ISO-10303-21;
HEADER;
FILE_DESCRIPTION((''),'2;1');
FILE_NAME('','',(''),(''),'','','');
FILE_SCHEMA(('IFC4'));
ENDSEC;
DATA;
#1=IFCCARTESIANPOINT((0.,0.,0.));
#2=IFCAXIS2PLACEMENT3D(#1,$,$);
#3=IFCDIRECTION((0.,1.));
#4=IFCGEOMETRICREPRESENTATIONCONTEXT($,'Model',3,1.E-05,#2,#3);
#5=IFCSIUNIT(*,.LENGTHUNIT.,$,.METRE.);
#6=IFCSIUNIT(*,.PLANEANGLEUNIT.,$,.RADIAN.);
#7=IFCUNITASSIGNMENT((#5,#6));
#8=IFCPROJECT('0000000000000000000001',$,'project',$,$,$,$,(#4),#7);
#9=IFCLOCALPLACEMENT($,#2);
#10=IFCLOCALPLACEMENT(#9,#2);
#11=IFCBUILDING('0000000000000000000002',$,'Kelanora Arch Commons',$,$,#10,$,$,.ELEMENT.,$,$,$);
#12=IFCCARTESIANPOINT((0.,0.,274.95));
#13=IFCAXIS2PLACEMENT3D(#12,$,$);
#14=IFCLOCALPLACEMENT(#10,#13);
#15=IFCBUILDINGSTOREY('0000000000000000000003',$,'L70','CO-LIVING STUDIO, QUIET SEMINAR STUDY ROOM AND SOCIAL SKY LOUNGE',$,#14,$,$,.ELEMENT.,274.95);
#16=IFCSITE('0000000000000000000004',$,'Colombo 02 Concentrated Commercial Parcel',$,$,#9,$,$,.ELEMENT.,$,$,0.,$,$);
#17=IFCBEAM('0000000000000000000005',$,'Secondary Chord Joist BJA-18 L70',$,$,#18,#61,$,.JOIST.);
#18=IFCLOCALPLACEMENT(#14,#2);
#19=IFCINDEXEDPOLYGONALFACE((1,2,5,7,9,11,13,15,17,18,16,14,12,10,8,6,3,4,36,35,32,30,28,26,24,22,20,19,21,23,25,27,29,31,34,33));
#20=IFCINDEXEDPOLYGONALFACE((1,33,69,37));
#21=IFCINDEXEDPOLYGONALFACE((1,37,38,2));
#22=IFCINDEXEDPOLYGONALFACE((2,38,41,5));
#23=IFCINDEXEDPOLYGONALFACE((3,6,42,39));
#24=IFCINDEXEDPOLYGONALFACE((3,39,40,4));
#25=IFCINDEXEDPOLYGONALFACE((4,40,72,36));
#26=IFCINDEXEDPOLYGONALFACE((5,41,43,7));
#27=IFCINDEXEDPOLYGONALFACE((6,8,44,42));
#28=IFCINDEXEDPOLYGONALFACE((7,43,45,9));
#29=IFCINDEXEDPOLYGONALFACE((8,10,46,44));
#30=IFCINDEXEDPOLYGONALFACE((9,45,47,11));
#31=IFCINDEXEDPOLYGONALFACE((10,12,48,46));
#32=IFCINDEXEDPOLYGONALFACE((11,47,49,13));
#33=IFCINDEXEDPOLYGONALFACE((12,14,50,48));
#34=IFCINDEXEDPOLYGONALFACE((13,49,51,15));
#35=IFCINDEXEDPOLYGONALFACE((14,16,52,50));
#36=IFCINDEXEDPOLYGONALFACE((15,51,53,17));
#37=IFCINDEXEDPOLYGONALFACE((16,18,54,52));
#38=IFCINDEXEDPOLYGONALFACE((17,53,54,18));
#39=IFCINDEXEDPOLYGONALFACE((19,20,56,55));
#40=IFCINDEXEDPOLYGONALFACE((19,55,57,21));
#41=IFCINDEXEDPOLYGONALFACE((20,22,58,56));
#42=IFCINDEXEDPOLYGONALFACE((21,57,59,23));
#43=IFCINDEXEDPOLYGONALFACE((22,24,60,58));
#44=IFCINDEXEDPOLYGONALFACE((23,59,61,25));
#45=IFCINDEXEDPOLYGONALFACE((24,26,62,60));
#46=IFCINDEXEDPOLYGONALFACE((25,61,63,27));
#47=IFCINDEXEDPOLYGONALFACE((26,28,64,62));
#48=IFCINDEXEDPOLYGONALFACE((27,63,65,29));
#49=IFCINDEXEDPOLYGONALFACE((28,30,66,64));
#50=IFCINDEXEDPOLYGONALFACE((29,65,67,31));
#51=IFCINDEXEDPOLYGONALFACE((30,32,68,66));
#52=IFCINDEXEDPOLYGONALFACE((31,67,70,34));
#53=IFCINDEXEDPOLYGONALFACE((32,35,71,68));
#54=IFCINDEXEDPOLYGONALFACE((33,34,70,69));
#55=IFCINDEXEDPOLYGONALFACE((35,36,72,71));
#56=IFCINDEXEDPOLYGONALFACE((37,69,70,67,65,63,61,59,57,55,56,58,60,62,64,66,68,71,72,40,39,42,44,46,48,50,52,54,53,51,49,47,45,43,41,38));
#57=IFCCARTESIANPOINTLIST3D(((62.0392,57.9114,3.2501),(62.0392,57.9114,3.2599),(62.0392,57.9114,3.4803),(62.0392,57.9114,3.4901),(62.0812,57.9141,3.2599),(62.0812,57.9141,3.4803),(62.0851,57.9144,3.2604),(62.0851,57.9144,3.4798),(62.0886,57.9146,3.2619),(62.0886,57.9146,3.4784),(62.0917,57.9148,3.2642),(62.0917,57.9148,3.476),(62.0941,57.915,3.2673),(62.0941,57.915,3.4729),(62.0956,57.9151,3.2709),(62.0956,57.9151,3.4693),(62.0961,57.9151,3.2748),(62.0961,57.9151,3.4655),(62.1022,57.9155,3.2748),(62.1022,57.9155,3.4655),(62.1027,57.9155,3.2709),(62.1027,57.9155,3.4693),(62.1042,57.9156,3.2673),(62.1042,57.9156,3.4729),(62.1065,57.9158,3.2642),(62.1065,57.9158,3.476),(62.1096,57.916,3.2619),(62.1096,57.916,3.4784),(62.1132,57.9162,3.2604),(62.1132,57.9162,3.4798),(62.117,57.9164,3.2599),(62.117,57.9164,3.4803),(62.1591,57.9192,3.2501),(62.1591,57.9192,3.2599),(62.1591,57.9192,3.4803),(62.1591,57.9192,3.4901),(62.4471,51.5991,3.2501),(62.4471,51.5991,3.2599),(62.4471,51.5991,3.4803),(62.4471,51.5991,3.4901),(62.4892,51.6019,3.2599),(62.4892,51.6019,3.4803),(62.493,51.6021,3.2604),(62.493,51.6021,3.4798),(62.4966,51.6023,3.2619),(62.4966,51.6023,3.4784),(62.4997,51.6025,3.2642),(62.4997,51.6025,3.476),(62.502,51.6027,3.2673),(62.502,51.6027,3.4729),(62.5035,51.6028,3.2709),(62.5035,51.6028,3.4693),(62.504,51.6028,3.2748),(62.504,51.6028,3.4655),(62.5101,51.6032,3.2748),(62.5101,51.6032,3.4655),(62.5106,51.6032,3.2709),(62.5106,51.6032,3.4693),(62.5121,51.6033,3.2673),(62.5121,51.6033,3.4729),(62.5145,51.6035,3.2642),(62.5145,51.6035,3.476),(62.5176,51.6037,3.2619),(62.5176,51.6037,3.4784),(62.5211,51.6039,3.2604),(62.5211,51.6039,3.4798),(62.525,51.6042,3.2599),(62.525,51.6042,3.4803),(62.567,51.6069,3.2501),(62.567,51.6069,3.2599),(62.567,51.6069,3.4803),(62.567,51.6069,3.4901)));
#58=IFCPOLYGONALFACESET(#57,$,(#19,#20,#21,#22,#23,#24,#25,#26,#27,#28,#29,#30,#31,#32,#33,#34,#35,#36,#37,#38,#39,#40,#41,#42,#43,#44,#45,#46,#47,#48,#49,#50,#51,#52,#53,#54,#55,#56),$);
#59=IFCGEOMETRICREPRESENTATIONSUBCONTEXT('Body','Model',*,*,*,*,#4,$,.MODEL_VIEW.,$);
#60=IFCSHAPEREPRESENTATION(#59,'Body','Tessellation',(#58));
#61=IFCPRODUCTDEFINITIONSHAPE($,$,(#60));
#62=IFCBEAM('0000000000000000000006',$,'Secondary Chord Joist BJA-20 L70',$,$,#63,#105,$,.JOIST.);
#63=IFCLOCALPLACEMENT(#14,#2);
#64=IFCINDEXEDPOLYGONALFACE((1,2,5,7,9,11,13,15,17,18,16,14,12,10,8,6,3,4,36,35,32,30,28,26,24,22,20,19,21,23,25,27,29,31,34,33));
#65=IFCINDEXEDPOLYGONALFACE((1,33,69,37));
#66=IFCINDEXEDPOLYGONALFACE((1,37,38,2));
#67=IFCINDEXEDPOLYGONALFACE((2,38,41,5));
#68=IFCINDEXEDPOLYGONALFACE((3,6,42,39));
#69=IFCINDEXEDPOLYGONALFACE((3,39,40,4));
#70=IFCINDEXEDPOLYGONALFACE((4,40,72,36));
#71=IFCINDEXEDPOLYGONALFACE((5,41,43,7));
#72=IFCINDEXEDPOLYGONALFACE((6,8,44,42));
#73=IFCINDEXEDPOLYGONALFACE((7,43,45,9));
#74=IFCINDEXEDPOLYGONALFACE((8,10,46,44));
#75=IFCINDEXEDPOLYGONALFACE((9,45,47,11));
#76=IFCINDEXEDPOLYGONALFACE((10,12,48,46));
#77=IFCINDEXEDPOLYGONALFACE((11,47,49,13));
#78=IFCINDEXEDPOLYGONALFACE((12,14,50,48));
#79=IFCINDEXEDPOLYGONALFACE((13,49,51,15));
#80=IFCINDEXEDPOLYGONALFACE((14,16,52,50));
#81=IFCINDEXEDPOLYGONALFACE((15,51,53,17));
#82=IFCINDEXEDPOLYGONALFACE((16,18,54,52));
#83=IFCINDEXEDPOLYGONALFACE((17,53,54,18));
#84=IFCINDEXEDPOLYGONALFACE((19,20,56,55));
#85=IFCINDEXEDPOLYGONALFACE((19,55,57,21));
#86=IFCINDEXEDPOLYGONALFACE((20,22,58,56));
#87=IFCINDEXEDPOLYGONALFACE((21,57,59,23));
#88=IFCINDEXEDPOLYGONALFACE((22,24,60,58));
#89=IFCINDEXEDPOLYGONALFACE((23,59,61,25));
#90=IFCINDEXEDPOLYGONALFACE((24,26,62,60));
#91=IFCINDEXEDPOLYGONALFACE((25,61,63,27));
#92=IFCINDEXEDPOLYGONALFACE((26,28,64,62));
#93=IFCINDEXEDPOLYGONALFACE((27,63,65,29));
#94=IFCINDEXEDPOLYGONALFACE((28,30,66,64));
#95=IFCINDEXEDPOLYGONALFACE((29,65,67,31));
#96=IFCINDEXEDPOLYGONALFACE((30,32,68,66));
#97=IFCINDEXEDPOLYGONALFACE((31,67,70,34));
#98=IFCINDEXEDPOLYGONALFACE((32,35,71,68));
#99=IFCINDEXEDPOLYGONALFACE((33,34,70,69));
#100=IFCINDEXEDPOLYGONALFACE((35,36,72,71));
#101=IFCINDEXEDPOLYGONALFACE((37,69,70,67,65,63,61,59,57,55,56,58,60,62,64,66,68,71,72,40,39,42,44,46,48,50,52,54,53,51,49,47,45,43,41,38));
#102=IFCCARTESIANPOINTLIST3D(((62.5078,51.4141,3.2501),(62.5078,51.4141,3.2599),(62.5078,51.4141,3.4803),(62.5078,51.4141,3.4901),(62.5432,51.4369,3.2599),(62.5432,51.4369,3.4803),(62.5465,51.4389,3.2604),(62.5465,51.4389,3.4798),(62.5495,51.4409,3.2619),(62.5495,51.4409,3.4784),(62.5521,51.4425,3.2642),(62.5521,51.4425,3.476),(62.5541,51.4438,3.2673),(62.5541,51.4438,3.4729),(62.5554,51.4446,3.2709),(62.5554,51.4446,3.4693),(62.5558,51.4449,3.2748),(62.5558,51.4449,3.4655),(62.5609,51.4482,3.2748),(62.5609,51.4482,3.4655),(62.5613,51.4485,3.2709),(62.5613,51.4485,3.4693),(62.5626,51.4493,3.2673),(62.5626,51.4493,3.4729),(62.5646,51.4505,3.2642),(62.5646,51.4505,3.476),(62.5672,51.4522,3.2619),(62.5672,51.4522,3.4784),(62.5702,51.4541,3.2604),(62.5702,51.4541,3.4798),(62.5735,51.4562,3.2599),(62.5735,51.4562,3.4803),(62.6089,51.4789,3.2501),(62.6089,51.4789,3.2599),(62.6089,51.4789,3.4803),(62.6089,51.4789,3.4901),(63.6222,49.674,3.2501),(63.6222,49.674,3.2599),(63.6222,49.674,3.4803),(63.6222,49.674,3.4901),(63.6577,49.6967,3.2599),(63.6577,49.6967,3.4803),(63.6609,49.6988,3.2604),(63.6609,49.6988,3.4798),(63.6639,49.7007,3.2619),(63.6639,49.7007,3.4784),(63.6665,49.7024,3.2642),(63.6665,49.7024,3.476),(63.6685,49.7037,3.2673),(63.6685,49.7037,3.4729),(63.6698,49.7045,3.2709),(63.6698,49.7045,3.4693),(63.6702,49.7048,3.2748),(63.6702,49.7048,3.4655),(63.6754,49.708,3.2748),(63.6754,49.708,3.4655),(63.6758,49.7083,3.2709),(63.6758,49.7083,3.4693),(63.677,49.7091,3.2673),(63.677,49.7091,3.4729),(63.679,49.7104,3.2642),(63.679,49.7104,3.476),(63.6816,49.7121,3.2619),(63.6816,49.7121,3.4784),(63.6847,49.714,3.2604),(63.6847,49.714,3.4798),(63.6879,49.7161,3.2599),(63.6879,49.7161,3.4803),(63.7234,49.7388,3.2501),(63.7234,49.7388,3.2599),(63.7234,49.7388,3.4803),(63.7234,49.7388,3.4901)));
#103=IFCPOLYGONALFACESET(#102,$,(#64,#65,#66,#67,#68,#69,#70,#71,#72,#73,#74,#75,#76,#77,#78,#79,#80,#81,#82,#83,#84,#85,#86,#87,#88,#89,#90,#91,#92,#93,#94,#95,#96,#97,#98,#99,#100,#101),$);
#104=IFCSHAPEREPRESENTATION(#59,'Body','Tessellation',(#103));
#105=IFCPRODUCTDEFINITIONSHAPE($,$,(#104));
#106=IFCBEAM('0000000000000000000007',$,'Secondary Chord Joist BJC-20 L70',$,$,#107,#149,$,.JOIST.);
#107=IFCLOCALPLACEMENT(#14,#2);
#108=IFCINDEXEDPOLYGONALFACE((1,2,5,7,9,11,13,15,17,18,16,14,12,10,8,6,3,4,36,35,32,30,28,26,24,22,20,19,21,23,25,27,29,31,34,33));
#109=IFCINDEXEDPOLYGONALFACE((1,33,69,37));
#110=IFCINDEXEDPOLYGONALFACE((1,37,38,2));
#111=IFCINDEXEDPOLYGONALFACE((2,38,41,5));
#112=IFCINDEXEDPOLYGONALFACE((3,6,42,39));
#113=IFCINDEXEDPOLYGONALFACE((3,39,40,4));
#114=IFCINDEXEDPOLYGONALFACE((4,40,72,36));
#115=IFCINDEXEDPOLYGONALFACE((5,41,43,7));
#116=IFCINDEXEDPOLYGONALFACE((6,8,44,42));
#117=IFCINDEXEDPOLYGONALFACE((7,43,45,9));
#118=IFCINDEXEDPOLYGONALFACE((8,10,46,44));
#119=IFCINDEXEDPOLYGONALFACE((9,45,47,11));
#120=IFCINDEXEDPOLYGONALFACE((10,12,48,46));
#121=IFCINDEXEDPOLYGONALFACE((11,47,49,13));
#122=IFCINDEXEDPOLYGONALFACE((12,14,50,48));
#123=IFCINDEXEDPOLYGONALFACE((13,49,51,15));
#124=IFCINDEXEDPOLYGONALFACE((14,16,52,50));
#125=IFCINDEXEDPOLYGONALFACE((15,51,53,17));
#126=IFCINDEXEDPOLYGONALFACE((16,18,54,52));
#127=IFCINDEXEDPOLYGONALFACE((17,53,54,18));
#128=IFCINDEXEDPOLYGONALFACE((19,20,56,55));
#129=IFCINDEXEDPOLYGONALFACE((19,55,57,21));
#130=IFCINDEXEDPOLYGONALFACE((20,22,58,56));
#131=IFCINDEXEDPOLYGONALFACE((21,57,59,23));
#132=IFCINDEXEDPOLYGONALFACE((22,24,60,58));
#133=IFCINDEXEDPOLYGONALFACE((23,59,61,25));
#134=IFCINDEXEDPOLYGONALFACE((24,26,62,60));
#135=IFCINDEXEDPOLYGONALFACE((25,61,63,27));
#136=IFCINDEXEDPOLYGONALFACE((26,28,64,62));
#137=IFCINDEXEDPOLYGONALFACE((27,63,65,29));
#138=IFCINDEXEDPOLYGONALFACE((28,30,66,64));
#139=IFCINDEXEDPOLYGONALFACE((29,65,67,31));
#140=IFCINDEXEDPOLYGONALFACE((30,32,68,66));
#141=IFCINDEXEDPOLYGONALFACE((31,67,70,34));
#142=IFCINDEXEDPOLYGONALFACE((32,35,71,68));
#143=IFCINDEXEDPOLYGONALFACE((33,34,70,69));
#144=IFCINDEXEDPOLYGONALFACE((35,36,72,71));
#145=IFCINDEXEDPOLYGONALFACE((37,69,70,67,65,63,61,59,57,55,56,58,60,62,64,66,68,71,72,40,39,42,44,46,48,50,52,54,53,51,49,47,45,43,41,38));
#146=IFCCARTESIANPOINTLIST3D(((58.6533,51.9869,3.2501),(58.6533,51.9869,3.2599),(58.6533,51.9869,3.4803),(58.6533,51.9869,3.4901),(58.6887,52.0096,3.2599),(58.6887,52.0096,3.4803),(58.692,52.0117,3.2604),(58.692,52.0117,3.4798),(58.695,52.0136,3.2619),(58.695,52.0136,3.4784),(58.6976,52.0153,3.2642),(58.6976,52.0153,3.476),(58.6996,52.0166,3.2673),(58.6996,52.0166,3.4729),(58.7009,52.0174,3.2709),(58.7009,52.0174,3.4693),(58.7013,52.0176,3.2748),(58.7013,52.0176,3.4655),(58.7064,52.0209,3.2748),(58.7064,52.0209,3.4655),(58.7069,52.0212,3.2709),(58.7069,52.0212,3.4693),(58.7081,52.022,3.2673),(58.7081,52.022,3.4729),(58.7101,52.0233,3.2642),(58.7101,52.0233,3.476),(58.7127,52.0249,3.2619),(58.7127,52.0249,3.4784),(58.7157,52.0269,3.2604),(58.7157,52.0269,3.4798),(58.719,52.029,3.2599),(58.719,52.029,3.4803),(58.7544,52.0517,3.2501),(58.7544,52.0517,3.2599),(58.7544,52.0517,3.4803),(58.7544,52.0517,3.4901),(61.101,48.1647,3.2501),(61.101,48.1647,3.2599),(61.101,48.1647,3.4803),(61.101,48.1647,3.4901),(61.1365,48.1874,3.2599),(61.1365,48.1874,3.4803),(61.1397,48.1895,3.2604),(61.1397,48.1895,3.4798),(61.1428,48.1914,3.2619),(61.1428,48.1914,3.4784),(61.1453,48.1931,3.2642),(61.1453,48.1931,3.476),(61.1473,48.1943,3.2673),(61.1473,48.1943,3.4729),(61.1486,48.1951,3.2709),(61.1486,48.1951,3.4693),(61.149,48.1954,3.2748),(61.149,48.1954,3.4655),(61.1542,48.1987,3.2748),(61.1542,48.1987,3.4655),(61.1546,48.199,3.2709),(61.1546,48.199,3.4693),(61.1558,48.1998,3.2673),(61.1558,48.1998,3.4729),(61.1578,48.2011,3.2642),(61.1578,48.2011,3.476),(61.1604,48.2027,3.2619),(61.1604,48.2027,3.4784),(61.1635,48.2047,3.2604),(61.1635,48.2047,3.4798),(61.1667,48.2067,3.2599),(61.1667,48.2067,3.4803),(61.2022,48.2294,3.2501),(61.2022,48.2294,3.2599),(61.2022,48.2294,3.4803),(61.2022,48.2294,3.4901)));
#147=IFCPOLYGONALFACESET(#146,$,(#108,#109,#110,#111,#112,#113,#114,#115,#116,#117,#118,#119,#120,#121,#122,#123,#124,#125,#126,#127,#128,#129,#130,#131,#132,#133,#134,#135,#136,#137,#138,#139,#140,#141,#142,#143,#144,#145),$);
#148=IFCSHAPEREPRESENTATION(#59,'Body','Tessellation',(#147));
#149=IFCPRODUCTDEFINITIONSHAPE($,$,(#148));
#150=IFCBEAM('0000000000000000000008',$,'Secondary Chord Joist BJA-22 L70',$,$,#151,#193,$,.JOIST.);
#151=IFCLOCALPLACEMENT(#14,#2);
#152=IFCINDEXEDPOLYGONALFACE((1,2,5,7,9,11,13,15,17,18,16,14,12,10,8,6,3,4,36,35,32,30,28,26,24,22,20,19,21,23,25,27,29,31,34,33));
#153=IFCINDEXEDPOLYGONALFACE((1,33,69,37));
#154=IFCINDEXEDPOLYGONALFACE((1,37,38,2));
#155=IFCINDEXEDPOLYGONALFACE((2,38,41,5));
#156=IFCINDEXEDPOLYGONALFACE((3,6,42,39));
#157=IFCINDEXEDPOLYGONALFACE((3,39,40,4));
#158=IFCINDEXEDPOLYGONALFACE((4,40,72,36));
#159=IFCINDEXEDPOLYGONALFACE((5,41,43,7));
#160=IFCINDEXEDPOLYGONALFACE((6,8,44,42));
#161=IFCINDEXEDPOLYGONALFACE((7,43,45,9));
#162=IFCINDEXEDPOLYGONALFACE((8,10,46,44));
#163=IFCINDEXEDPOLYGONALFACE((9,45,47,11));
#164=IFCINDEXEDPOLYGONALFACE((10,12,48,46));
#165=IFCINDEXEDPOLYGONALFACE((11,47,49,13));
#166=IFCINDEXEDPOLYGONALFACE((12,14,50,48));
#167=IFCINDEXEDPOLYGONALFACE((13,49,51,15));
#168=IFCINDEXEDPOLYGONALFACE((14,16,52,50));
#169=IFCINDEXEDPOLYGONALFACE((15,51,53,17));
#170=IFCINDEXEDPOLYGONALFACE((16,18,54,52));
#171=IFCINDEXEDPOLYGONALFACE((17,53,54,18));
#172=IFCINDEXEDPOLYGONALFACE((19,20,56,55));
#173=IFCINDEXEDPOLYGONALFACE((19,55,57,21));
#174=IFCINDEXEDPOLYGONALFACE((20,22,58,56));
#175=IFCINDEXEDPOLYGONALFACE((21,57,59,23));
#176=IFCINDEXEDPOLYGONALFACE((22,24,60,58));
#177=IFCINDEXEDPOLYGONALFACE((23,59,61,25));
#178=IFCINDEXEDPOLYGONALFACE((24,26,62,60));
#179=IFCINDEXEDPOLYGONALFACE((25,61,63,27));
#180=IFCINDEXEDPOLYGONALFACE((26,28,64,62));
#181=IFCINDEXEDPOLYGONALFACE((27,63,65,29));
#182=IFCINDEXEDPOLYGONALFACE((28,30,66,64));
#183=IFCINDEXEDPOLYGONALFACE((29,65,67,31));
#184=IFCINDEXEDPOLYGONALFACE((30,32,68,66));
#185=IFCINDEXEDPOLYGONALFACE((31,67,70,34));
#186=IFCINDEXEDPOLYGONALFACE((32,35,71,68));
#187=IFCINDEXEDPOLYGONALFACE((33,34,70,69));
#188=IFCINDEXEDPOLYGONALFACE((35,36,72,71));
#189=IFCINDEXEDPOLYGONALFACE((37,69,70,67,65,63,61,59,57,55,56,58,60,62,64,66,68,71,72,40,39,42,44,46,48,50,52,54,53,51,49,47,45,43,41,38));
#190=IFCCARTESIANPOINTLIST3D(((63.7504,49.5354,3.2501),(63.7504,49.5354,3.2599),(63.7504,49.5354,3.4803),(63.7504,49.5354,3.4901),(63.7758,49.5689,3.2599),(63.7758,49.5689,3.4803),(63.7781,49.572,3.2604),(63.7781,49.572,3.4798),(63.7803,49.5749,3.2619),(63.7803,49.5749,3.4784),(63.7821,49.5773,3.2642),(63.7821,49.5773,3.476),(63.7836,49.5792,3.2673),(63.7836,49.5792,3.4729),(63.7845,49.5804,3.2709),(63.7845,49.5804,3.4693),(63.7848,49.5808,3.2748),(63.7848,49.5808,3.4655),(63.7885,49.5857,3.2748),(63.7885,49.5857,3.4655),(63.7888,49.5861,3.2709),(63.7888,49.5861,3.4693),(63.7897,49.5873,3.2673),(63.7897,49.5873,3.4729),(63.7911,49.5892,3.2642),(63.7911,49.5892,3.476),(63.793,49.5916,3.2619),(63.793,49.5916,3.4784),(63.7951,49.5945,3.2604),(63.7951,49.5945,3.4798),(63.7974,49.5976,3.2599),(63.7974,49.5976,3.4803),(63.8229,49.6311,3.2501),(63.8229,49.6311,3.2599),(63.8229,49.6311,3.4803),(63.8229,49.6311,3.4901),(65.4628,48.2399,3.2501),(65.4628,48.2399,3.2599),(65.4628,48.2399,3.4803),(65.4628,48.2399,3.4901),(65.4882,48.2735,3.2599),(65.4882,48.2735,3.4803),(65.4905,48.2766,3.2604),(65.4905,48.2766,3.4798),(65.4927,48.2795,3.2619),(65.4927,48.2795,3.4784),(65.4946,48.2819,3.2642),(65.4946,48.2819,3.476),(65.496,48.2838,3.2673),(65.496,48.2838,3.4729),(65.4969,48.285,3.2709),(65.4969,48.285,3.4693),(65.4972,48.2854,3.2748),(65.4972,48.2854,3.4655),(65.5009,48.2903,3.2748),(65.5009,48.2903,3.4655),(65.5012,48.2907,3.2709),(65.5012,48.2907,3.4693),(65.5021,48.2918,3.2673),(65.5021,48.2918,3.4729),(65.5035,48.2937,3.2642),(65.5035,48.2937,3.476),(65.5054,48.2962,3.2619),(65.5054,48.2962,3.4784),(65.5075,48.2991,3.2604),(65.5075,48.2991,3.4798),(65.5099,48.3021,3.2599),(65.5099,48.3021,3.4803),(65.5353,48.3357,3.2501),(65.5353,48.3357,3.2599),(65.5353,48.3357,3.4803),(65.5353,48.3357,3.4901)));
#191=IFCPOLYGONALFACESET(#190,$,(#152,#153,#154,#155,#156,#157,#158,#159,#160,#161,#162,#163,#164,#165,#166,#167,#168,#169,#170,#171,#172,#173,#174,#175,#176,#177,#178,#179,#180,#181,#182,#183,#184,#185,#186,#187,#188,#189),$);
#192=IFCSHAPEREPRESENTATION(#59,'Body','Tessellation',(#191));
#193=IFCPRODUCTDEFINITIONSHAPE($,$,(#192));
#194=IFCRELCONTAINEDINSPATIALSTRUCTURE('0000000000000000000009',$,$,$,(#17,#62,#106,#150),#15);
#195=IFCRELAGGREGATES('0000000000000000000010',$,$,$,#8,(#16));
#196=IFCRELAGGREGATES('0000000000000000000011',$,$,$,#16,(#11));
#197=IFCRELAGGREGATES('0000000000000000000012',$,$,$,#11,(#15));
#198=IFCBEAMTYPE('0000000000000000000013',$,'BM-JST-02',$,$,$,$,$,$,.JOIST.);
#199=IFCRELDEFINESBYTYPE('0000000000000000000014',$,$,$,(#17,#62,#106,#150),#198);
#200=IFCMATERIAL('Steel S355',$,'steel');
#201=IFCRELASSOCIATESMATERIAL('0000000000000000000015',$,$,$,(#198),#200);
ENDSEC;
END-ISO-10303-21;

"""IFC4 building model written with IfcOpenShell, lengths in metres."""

from ifc_helpers import new_model, si_unit, direction, frame, origin, origin_2d, place, context, subcontext, project, spatial, i_section, extrude, material, material_profile, profile_set, type_object, element, save


model = new_model("IFC4")

# Units and contexts
model_context = context("Model", 3, precision=1e-05, world=origin(), true_north=direction((0.0, 1.0)))
body_context = subcontext(model_context, "Body", "Model", "MODEL_VIEW")
ifc_project = project(units=[si_unit("LENGTHUNIT", "METRE"), si_unit("PLANEANGLEUNIT", "RADIAN")], contexts=[model_context])

# Site, building, storey
site_placement = place(None, origin())
site = spatial("IfcSite", under=ifc_project, at=site_placement, Name="Colombo 02 Concentrated Commercial Parcel", CompositionType="ELEMENT", RefElevation=0.0)
building_placement = place(site_placement, origin())
building = spatial("IfcBuilding", under=site, at=building_placement, Name="Kelanora Arch Commons", CompositionType="ELEMENT")
storey_placement = place(building_placement, frame((0.0, 0.0, 274.95)))
storey = spatial("IfcBuildingStorey", under=building, at=storey_placement, Name="L70", Description="CO-LIVING STUDIO, QUIET SEMINAR STUDY ROOM AND SOCIAL SKY LOUNGE", CompositionType="ELEMENT", Elevation=274.95)

# Beams
ifc_material_1 = material(Name="Steel S355", Category="steel")
ifc_material_profile_1 = material_profile(ifc_material_1, i_section(OverallWidth=0.1201, OverallDepth=0.24, WebThickness=0.0061, FlangeThickness=0.0098, FilletRadius=0.0149, at=origin_2d()), Name="IPE240")
ifc_profile_set_1 = profile_set([ifc_material_profile_1], Name="Steel S355")
beam_type_1 = type_object("IfcBeamType", Name="BM-JST-02", PredefinedType="JOIST", material=ifc_profile_set_1)
beam_1_placement = place(storey_placement, frame((62.0991, 57.9153, 3.3701), z_axis=(0.064495, -0.997918, 0.0), x_axis=(0.997918, 0.064495, 0.0)))
element("IfcBeam", 1, at=beam_1_placement, inside=storey, type_object=beam_type_1, Name="Secondary Chord Joist BJA-18 L70", PredefinedType="JOIST", context=body_context, shape_type="SweptSolid", body=[
    extrude(i_section(OverallWidth=0.1201, OverallDepth=0.24, WebThickness=0.0061, FlangeThickness=0.0098, FilletRadius=0.0149, at=origin_2d()), origin(), (0.0, 0.0, 1.0), 6.3254),
])
beam_2_placement = place(storey_placement, frame((62.5583, 51.4465, 3.3701), z_axis=(0.539312, -0.842106, 0.0), x_axis=(0.842106, 0.539312, 0.0)))
element("IfcBeam", 2, at=beam_2_placement, inside=storey, type_object=beam_type_1, Name="Secondary Chord Joist BJA-20 L70", PredefinedType="JOIST", context=body_context, shape_type="SweptSolid", body=[
    extrude(i_section(OverallWidth=0.1201, OverallDepth=0.24, WebThickness=0.0061, FlangeThickness=0.0098, FilletRadius=0.0149, at=origin_2d()), origin(), (0.0, 0.0, 1.0), 2.0664),
])
beam_3_placement = place(storey_placement, frame((58.7039, 52.0193, 3.3701), z_axis=(0.539289, -0.842121, 0.0), x_axis=(0.842121, 0.539289, 0.0)))
element("IfcBeam", 3, at=beam_3_placement, inside=storey, type_object=beam_type_1, Name="Secondary Chord Joist BJC-20 L70", PredefinedType="JOIST", context=body_context, shape_type="SweptSolid", body=[
    extrude(i_section(OverallWidth=0.1201, OverallDepth=0.24, WebThickness=0.0061, FlangeThickness=0.0098, FilletRadius=0.0149, at=origin_2d()), origin(), (0.0, 0.0, 1.0), 4.5388),
])
beam_4_placement = place(storey_placement, frame((63.7866, 49.5833, 3.3701), z_axis=(0.79751, -0.603306, 0.0), x_axis=(0.603306, 0.79751, 0.0)))
element("IfcBeam", 4, at=beam_4_placement, inside=storey, type_object=beam_type_1, Name="Secondary Chord Joist BJA-22 L70", PredefinedType="JOIST", context=body_context, shape_type="SweptSolid", body=[
    extrude(i_section(OverallWidth=0.1201, OverallDepth=0.24, WebThickness=0.0061, FlangeThickness=0.0098, FilletRadius=0.0149, at=origin_2d()), origin(), (0.0, 0.0, 1.0), 2.1472),
])

save(model, "model.ifc")
